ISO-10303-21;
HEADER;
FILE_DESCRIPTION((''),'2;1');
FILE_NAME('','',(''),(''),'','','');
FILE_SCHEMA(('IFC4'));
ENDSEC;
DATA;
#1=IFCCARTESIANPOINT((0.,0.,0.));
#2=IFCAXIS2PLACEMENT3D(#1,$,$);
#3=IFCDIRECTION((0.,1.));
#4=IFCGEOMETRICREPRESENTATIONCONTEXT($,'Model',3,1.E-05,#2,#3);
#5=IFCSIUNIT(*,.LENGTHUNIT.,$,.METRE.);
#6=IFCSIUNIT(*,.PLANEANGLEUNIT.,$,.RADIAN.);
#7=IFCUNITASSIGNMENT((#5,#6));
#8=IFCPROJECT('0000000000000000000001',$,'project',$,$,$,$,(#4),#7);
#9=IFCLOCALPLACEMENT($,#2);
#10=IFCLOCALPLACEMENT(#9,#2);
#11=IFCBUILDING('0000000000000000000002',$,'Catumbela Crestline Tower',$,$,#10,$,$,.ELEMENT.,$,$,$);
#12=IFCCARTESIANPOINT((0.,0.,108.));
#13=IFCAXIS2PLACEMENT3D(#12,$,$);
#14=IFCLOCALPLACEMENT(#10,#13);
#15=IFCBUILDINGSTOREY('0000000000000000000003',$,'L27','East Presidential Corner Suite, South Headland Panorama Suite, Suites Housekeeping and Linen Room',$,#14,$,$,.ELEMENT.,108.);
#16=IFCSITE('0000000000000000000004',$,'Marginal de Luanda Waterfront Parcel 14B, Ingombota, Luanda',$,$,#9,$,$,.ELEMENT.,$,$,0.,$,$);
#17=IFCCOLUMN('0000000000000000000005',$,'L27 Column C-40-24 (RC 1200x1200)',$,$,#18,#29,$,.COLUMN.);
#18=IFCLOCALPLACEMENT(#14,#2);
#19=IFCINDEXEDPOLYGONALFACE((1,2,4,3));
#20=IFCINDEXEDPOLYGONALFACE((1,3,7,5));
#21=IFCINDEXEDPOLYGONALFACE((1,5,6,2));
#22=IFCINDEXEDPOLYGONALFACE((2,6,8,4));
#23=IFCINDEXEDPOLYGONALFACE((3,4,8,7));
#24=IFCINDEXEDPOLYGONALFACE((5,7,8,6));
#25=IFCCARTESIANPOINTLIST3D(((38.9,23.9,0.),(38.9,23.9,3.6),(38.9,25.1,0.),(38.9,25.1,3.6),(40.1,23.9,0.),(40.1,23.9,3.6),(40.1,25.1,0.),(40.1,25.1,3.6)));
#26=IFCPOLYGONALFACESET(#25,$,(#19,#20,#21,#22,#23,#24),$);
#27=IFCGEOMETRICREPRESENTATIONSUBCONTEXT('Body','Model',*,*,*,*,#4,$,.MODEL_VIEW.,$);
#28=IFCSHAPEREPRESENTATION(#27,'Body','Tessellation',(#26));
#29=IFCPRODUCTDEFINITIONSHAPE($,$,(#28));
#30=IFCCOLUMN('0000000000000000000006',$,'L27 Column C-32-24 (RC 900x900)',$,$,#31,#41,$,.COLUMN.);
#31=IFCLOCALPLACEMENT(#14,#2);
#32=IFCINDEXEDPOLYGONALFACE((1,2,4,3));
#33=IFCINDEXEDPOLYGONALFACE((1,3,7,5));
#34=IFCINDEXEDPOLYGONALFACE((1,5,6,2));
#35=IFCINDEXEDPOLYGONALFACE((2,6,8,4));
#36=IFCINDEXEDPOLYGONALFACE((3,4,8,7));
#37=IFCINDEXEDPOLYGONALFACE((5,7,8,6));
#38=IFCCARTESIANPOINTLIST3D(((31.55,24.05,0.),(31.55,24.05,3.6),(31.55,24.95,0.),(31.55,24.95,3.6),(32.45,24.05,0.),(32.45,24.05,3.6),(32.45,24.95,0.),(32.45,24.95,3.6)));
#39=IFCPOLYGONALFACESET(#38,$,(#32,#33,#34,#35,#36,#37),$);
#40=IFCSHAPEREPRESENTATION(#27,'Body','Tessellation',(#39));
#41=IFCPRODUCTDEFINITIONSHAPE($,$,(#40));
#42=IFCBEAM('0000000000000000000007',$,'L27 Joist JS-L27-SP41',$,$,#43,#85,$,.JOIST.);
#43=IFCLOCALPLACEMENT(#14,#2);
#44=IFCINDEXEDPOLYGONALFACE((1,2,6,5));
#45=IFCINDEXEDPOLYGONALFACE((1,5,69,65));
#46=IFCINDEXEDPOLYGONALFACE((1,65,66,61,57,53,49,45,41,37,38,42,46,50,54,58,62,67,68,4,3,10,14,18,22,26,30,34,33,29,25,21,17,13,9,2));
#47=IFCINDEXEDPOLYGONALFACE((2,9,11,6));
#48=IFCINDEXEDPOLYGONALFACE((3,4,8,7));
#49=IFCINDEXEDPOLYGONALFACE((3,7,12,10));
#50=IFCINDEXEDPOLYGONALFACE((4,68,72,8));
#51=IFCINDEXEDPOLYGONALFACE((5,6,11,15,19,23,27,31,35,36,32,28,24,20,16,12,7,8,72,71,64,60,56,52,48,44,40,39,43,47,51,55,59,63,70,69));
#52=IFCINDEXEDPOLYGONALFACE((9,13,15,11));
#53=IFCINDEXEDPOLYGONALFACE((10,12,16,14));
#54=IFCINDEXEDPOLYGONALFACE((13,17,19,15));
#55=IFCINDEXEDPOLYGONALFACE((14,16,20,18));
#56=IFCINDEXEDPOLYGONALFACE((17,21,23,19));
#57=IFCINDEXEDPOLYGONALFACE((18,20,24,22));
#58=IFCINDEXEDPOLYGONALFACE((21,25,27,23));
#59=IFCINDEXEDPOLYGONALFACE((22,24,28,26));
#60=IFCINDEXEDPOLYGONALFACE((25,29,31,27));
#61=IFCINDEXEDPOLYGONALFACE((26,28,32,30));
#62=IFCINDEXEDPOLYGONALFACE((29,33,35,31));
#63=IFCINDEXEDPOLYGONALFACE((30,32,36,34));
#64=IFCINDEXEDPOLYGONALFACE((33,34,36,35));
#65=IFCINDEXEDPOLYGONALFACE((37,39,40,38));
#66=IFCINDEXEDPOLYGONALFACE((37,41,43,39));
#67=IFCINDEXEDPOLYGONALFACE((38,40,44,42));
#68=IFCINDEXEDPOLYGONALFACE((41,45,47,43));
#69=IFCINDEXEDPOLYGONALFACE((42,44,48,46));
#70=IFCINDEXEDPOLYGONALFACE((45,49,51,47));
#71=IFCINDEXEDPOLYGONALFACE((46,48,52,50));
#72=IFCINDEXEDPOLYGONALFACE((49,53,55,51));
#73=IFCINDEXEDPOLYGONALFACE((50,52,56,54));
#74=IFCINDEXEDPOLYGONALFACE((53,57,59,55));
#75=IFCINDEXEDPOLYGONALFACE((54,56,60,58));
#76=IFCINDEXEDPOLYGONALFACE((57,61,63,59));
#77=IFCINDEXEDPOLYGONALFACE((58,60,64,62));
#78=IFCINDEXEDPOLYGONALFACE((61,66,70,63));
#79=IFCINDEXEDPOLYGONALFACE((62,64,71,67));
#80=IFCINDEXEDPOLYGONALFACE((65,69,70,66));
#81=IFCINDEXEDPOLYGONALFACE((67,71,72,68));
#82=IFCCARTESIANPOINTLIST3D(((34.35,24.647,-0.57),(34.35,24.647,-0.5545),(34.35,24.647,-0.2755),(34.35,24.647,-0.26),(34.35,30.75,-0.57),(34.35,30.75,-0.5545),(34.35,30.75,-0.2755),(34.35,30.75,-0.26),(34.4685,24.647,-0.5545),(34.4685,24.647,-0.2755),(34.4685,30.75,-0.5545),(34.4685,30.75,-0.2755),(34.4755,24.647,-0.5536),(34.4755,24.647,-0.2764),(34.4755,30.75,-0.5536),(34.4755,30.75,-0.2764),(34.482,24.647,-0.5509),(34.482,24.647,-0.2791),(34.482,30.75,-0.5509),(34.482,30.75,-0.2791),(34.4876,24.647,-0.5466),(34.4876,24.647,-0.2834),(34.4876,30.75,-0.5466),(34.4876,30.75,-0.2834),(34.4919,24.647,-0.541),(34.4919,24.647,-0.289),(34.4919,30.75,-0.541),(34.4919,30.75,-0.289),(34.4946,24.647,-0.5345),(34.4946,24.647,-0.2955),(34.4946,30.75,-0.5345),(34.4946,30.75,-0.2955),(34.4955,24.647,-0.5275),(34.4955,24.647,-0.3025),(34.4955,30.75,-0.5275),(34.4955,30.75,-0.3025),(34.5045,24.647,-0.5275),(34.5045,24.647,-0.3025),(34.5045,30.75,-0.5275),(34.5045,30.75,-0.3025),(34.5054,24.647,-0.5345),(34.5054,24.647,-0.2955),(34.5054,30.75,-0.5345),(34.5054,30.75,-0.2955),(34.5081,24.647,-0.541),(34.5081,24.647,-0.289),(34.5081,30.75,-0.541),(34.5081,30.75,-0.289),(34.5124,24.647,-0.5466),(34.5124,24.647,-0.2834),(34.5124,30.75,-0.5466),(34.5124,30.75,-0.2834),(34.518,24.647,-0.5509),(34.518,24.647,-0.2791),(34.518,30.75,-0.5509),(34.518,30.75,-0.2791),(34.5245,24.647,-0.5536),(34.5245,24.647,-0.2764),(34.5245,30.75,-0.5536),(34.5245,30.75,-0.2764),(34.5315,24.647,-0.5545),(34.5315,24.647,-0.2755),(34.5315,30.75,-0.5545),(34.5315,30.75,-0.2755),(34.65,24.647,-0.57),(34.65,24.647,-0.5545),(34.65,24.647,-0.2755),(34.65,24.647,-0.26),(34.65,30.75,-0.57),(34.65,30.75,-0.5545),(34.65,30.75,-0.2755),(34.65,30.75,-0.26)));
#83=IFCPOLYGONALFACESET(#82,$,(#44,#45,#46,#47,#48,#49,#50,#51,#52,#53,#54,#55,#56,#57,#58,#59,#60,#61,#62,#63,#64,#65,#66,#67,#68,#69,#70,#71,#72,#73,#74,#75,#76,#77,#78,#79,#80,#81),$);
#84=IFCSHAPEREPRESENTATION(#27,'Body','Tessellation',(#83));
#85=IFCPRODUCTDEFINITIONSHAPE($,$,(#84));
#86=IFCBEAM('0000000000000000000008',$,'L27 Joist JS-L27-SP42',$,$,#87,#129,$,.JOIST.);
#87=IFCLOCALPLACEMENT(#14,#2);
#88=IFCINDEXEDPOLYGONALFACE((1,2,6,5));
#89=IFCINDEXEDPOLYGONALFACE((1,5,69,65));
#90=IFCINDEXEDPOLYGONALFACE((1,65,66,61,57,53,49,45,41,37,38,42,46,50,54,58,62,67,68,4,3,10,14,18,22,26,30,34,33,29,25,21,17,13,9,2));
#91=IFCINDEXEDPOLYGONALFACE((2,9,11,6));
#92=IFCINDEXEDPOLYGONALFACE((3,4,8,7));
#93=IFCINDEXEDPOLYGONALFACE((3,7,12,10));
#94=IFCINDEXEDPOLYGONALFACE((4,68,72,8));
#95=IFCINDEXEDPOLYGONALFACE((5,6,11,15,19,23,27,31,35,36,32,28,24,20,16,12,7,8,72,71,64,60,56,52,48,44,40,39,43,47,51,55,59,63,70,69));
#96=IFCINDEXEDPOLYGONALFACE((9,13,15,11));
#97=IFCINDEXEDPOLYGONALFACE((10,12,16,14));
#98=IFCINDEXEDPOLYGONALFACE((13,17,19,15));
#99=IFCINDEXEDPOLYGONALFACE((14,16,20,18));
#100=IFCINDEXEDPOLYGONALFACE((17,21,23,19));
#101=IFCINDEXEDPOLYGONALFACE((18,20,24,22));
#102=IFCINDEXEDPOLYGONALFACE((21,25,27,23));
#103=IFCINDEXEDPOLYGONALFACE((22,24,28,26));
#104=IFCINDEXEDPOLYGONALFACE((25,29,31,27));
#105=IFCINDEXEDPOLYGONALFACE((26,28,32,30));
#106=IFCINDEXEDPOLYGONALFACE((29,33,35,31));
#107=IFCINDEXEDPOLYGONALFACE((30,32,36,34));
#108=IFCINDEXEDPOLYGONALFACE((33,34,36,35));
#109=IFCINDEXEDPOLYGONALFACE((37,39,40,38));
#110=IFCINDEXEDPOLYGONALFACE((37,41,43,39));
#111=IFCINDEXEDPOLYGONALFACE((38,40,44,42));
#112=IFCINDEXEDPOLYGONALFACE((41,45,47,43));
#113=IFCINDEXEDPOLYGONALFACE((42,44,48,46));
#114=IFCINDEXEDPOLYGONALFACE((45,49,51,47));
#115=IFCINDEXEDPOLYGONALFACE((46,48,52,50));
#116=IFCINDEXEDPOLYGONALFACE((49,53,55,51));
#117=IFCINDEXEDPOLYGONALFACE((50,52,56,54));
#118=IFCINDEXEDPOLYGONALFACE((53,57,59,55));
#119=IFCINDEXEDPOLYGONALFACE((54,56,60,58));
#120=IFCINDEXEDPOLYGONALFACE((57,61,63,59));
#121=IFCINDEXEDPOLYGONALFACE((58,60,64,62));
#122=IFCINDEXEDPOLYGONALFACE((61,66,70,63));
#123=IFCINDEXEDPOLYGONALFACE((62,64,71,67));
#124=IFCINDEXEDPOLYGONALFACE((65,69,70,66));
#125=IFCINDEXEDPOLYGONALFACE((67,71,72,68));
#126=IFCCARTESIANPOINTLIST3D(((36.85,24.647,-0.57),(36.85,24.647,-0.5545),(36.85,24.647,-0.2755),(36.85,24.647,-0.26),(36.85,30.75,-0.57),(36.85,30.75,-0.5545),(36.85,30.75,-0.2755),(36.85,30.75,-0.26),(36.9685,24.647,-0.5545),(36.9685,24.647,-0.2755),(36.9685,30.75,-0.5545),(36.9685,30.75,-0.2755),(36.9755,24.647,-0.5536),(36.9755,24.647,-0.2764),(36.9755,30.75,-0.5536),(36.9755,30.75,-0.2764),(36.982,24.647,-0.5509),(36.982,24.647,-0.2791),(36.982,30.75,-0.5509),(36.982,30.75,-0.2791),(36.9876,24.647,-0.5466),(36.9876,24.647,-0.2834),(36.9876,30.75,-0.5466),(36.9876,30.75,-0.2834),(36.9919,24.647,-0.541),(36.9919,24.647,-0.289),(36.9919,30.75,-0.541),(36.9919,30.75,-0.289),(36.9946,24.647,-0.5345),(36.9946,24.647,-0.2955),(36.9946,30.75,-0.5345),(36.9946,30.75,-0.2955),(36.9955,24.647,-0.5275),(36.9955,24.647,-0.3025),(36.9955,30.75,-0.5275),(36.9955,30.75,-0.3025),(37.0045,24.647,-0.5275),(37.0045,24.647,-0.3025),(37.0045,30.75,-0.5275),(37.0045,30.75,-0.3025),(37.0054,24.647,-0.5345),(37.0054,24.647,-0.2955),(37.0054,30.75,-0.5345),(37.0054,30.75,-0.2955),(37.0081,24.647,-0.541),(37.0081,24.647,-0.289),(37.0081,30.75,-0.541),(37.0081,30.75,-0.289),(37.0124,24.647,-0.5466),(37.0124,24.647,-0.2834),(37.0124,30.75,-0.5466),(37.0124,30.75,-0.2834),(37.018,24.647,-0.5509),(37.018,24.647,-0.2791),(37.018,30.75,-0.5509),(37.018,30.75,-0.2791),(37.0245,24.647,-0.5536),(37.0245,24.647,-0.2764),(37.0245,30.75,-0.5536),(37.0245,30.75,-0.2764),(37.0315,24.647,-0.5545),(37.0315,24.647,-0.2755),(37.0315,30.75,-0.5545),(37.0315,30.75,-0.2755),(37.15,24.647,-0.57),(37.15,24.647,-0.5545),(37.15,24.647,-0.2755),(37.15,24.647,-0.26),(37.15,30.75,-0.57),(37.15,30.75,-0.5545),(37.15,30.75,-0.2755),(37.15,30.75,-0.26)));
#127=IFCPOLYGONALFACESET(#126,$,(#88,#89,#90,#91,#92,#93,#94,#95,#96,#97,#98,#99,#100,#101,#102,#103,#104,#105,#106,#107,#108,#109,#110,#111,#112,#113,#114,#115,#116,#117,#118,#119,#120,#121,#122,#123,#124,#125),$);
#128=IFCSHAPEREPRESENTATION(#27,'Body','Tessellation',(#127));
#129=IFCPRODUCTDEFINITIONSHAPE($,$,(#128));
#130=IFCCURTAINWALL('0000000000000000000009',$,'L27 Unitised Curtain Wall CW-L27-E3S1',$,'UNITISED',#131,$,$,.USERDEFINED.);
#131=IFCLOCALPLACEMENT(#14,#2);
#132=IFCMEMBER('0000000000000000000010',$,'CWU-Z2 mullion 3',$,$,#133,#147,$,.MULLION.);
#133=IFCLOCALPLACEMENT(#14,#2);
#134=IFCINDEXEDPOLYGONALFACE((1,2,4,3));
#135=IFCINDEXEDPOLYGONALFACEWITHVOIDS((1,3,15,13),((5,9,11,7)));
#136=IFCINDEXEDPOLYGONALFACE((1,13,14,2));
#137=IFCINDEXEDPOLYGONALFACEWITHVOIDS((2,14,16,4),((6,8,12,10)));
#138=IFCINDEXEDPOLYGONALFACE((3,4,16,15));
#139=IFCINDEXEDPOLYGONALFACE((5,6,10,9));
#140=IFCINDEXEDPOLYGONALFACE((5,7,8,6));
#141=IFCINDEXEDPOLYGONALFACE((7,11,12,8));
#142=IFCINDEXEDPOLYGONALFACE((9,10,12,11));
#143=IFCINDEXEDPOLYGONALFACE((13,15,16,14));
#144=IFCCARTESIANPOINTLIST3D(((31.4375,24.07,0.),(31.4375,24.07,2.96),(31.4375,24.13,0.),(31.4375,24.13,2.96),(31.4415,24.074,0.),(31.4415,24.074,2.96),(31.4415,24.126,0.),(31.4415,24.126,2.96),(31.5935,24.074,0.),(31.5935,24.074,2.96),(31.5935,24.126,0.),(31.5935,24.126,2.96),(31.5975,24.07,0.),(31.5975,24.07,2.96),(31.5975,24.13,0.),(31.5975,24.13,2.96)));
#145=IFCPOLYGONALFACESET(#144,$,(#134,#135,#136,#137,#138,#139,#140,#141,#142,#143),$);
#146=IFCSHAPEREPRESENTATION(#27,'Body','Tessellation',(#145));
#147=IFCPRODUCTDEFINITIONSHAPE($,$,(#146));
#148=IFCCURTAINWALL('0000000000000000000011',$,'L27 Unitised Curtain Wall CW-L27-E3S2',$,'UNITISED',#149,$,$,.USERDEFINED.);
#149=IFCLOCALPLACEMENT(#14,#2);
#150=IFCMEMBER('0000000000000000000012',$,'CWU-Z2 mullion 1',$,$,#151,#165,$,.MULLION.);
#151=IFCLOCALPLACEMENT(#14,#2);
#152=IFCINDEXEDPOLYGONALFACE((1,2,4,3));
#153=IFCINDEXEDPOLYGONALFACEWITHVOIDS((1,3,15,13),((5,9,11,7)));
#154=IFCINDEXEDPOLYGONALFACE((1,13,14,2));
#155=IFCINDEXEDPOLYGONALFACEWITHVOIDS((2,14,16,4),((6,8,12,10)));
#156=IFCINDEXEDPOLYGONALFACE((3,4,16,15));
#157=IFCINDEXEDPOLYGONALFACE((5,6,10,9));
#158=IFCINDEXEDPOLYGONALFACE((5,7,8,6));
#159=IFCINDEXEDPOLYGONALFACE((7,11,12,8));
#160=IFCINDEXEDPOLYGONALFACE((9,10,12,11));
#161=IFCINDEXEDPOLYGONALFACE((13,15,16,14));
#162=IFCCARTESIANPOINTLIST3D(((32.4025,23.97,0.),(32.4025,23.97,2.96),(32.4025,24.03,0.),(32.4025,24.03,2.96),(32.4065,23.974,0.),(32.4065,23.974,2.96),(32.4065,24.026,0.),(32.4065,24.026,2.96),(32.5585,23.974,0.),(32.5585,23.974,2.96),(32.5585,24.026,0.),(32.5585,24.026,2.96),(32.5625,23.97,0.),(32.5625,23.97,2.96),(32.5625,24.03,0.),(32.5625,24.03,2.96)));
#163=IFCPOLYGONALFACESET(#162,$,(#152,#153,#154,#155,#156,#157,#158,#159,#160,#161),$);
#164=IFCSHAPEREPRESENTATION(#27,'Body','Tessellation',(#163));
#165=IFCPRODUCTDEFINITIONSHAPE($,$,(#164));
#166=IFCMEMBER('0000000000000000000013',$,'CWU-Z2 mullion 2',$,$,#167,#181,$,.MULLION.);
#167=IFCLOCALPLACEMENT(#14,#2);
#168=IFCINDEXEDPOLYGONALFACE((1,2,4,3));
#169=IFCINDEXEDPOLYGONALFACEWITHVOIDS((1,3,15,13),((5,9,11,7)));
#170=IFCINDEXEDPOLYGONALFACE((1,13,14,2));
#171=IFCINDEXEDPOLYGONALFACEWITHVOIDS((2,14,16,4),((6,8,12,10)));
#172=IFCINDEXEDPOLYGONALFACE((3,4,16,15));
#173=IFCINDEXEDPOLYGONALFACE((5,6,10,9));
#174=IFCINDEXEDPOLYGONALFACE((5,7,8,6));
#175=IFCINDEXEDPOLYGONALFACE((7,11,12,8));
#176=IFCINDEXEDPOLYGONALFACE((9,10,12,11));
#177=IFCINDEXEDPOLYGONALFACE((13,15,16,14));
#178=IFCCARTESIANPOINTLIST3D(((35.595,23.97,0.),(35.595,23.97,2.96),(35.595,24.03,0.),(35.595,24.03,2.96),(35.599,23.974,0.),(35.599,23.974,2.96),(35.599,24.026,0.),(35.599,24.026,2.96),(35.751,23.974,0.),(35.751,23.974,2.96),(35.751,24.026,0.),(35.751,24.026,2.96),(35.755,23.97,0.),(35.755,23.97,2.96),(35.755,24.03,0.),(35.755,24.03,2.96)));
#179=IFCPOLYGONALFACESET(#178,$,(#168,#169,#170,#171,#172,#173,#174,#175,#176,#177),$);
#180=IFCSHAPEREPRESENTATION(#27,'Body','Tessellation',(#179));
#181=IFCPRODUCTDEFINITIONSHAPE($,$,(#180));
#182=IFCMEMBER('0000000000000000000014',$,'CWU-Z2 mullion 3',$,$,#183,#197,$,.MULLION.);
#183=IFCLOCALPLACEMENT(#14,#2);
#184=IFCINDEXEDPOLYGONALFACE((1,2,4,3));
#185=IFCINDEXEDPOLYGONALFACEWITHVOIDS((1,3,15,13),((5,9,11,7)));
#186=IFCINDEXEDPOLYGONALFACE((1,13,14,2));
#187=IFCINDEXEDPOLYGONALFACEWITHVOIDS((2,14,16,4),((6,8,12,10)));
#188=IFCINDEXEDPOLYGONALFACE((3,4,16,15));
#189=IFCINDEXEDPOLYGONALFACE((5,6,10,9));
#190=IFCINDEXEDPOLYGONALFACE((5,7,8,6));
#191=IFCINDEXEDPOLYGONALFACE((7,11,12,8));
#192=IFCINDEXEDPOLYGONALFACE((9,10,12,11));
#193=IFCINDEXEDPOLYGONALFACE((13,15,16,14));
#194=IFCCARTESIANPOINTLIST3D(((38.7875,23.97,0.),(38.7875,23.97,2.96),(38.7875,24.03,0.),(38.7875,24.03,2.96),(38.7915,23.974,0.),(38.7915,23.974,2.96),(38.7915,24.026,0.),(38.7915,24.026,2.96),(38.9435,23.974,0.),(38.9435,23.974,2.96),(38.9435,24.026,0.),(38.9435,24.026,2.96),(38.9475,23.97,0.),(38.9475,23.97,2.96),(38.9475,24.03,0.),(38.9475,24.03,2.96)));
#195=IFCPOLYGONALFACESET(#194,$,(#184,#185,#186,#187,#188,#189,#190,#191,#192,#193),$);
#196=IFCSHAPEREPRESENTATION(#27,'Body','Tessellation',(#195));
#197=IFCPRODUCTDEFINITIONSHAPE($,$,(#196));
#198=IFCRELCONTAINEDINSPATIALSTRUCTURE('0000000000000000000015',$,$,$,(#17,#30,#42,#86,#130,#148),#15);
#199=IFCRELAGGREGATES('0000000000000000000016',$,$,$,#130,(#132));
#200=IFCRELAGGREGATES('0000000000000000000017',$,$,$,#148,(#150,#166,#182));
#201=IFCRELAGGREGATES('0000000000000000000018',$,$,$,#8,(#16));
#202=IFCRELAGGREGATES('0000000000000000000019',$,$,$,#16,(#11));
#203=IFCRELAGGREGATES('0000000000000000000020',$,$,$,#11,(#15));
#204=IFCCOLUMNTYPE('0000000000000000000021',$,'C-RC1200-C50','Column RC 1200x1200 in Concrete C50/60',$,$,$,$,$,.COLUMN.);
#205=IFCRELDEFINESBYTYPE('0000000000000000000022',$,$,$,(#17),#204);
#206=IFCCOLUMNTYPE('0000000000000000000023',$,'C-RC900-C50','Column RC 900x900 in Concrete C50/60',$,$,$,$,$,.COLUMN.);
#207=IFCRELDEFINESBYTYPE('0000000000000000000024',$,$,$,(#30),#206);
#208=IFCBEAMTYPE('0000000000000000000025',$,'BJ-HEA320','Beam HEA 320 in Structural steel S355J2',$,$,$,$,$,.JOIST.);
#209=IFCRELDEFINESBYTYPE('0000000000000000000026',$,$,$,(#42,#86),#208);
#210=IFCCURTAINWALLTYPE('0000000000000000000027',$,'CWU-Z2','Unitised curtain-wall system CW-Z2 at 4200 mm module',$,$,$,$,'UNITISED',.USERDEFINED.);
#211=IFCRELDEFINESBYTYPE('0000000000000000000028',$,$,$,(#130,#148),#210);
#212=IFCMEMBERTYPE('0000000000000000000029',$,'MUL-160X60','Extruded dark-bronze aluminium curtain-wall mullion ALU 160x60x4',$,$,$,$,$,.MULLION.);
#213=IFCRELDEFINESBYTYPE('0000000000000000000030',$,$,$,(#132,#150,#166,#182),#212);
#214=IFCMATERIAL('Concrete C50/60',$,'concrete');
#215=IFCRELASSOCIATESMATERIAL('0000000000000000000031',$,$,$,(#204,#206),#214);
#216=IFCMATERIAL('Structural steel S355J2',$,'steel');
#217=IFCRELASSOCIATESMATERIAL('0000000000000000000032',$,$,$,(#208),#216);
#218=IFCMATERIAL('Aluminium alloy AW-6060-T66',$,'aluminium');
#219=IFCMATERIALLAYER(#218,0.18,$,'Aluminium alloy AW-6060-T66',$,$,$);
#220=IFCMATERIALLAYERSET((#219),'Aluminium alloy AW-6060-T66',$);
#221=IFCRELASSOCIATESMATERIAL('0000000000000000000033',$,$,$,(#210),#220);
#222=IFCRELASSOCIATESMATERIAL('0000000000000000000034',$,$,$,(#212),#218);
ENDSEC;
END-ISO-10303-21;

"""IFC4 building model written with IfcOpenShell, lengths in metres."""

from ifc_helpers import new_model, si_unit, direction, frame, origin, origin_2d, place, context, subcontext, project, spatial, rectangle, hollow_rectangle, i_section, extrude, material, layer, layer_set, material_profile, profile_set, type_object, element, aggregate, save


model = new_model("IFC4")

# Units and contexts
model_context = context("Model", 3, precision=1e-05, world=origin(), true_north=direction((0.0, 1.0)))
body_context = subcontext(model_context, "Body", "Model", "MODEL_VIEW")
ifc_project = project(units=[si_unit("LENGTHUNIT", "METRE"), si_unit("PLANEANGLEUNIT", "RADIAN")], contexts=[model_context])

# Site, building, storey
site_placement = place(None, origin())
site = spatial("IfcSite", under=ifc_project, at=site_placement, Name="Marginal de Luanda Waterfront Parcel 14B, Ingombota, Luanda", CompositionType="ELEMENT", RefElevation=0.0)
building_placement = place(site_placement, origin())
building = spatial("IfcBuilding", under=site, at=building_placement, Name="Catumbela Crestline Tower", CompositionType="ELEMENT")
storey_placement = place(building_placement, frame((0.0, 0.0, 108.0)))
storey = spatial("IfcBuildingStorey", under=building, at=storey_placement, Name="L27", Description="East Presidential Corner Suite, South Headland Panorama Suite, Suites Housekeeping and Linen Room", CompositionType="ELEMENT", Elevation=108.0)

# Columns
ifc_material_1 = material(Name="Concrete C50/60", Category="concrete")
ifc_material_profile_1 = material_profile(ifc_material_1, rectangle(XDim=1.2, YDim=1.2, at=origin_2d()), Name="RC 1200x1200")
ifc_profile_set_1 = profile_set([ifc_material_profile_1], Name="Concrete C50/60")
column_type_1 = type_object("IfcColumnType", Name="C-RC1200-C50", Description="Column RC 1200x1200 in Concrete C50/60", PredefinedType="COLUMN", material=ifc_profile_set_1)
column_1_placement = place(storey_placement, frame((39.5, 24.5, 0.0), z_axis=(0.0, 0.0, 1.0), x_axis=(1.0, 0.0, 0.0)))
element("IfcColumn", 1, at=column_1_placement, inside=storey, type_object=column_type_1, Name="L27 Column C-40-24 (RC 1200x1200)", PredefinedType="COLUMN", context=body_context, shape_type="SweptSolid", body=[
    extrude(rectangle(XDim=1.2, YDim=1.2, at=origin_2d()), origin(), (0.0, 0.0, 1.0), 3.6),
])
ifc_material_profile_2 = material_profile(ifc_material_1, rectangle(XDim=0.9, YDim=0.9, at=origin_2d()), Name="RC 900x900")
ifc_profile_set_2 = profile_set([ifc_material_profile_2], Name="Concrete C50/60")
column_type_2 = type_object("IfcColumnType", Name="C-RC900-C50", Description="Column RC 900x900 in Concrete C50/60", PredefinedType="COLUMN", material=ifc_profile_set_2)
column_2_placement = place(storey_placement, frame((32.0, 24.5, 0.0), z_axis=(0.0, 0.0, 1.0), x_axis=(1.0, 0.0, 0.0)))
element("IfcColumn", 2, at=column_2_placement, inside=storey, type_object=column_type_2, Name="L27 Column C-32-24 (RC 900x900)", PredefinedType="COLUMN", context=body_context, shape_type="SweptSolid", body=[
    extrude(rectangle(XDim=0.9, YDim=0.9, at=origin_2d()), origin(), (0.0, 0.0, 1.0), 3.6),
])

# Beams
ifc_material_2 = material(Name="Structural steel S355J2", Category="steel")
ifc_material_profile_3 = material_profile(ifc_material_2, i_section(OverallWidth=0.3, OverallDepth=0.31, WebThickness=0.009, FlangeThickness=0.0155, FilletRadius=0.027, at=origin_2d()), Name="HEA 320")
ifc_profile_set_3 = profile_set([ifc_material_profile_3], Name="Structural steel S355J2")
beam_type_1 = type_object("IfcBeamType", Name="BJ-HEA320", Description="Beam HEA 320 in Structural steel S355J2", PredefinedType="JOIST", material=ifc_profile_set_3)
for number, where, z_axis, x_axis, name in (
    (3, (34.5, 24.647, -0.415), (0.0, 1.0, 0.0), (-1.0, 0.0, 0.0), "L27 Joist JS-L27-SP41"),
    (4, (37.0, 24.647, -0.415), (0.0, 1.0, 0.0), (-1.0, 0.0, 0.0), "L27 Joist JS-L27-SP42"),
):
    element("IfcBeam", number, at=place(storey_placement, frame(where, z_axis=z_axis, x_axis=x_axis)), inside=storey, type_object=beam_type_1, Name=name, PredefinedType="JOIST", context=body_context, shape_type="SweptSolid", body=[
        extrude(i_section(OverallWidth=0.3, OverallDepth=0.31, WebThickness=0.009, FlangeThickness=0.0155, FilletRadius=0.027, at=origin_2d()), origin(), (0.0, 0.0, 1.0), 6.103),
    ])

# Curtain wall, member
ifc_material_3 = material(Name="Aluminium alloy AW-6060-T66", Category="aluminium")
ifc_layer_1 = layer(ifc_material_3, 0.18, Name="Aluminium alloy AW-6060-T66")
ifc_layer_set_1 = layer_set([ifc_layer_1], Name="Aluminium alloy AW-6060-T66")
curtain_wall_type = type_object("IfcCurtainWallType", Name="CWU-Z2", Description="Unitised curtain-wall system CW-Z2 at 4200 mm module", ElementType="UNITISED", PredefinedType="USERDEFINED", material=ifc_layer_set_1)
curtain_wall_1_placement = place(storey_placement, origin())
curtain_wall_1 = element("IfcCurtainWall", 5, at=curtain_wall_1_placement, inside=storey, type_object=curtain_wall_type, Name="L27 Unitised Curtain Wall CW-L27-E3S1", ObjectType="UNITISED", PredefinedType="USERDEFINED")
ifc_material_profile_4 = material_profile(ifc_material_3, hollow_rectangle(XDim=0.06, YDim=0.16, WallThickness=0.004, at=origin_2d()), Name="ALU 160x60x4")
ifc_profile_set_4 = profile_set([ifc_material_profile_4], Name="Aluminium alloy AW-6060-T66")
member_type_1 = type_object("IfcMemberType", Name="MUL-160X60", Description="Extruded dark-bronze aluminium curtain-wall mullion ALU 160x60x4", PredefinedType="MULLION", material=ifc_profile_set_4)
member_1_placement = place(storey_placement, frame((31.5175, 24.1, 0.0), z_axis=(0.0, 0.0, 1.0), x_axis=(0.0, 1.0, 0.0)))
member_1 = element("IfcMember", 6, at=member_1_placement, type_object=member_type_1, Name="CWU-Z2 mullion 3", PredefinedType="MULLION", context=body_context, shape_type="SweptSolid", body=[
    extrude(hollow_rectangle(XDim=0.06, YDim=0.16, WallThickness=0.004, at=origin_2d()), origin(), (0.0, 0.0, 1.0), 2.96),
])

# Curtain wall, members
curtain_wall_2_placement = place(storey_placement, origin())
curtain_wall_2 = element("IfcCurtainWall", 7, at=curtain_wall_2_placement, inside=storey, type_object=curtain_wall_type, Name="L27 Unitised Curtain Wall CW-L27-E3S2", ObjectType="UNITISED", PredefinedType="USERDEFINED")
member_2_placement = place(storey_placement, frame((32.4825, 24.0, 0.0), z_axis=(0.0, 0.0, 1.0), x_axis=(0.0, 1.0, 0.0)))
member_2 = element("IfcMember", 8, at=member_2_placement, type_object=member_type_1, Name="CWU-Z2 mullion 1", PredefinedType="MULLION", context=body_context, shape_type="SweptSolid", body=[
    extrude(hollow_rectangle(XDim=0.06, YDim=0.16, WallThickness=0.004, at=origin_2d()), origin(), (0.0, 0.0, 1.0), 2.96),
])
member_3_placement = place(storey_placement, frame((35.675, 24.0, 0.0), z_axis=(0.0, 0.0, 1.0), x_axis=(0.0, 1.0, 0.0)))
member_3 = element("IfcMember", 9, at=member_3_placement, type_object=member_type_1, Name="CWU-Z2 mullion 2", PredefinedType="MULLION", context=body_context, shape_type="SweptSolid", body=[
    extrude(hollow_rectangle(XDim=0.06, YDim=0.16, WallThickness=0.004, at=origin_2d()), origin(), (0.0, 0.0, 1.0), 2.96),
])
member_4_placement = place(storey_placement, frame((38.8675, 24.0, 0.0), z_axis=(0.0, 0.0, 1.0), x_axis=(0.0, 1.0, 0.0)))
member_4 = element("IfcMember", 10, at=member_4_placement, type_object=member_type_1, Name="CWU-Z2 mullion 3", PredefinedType="MULLION", context=body_context, shape_type="SweptSolid", body=[
    extrude(hollow_rectangle(XDim=0.06, YDim=0.16, WallThickness=0.004, at=origin_2d()), origin(), (0.0, 0.0, 1.0), 2.96),
])

aggregate(curtain_wall_1, [member_1])
aggregate(curtain_wall_2, [member_2, member_3, member_4])

save(model, "model.ifc")
